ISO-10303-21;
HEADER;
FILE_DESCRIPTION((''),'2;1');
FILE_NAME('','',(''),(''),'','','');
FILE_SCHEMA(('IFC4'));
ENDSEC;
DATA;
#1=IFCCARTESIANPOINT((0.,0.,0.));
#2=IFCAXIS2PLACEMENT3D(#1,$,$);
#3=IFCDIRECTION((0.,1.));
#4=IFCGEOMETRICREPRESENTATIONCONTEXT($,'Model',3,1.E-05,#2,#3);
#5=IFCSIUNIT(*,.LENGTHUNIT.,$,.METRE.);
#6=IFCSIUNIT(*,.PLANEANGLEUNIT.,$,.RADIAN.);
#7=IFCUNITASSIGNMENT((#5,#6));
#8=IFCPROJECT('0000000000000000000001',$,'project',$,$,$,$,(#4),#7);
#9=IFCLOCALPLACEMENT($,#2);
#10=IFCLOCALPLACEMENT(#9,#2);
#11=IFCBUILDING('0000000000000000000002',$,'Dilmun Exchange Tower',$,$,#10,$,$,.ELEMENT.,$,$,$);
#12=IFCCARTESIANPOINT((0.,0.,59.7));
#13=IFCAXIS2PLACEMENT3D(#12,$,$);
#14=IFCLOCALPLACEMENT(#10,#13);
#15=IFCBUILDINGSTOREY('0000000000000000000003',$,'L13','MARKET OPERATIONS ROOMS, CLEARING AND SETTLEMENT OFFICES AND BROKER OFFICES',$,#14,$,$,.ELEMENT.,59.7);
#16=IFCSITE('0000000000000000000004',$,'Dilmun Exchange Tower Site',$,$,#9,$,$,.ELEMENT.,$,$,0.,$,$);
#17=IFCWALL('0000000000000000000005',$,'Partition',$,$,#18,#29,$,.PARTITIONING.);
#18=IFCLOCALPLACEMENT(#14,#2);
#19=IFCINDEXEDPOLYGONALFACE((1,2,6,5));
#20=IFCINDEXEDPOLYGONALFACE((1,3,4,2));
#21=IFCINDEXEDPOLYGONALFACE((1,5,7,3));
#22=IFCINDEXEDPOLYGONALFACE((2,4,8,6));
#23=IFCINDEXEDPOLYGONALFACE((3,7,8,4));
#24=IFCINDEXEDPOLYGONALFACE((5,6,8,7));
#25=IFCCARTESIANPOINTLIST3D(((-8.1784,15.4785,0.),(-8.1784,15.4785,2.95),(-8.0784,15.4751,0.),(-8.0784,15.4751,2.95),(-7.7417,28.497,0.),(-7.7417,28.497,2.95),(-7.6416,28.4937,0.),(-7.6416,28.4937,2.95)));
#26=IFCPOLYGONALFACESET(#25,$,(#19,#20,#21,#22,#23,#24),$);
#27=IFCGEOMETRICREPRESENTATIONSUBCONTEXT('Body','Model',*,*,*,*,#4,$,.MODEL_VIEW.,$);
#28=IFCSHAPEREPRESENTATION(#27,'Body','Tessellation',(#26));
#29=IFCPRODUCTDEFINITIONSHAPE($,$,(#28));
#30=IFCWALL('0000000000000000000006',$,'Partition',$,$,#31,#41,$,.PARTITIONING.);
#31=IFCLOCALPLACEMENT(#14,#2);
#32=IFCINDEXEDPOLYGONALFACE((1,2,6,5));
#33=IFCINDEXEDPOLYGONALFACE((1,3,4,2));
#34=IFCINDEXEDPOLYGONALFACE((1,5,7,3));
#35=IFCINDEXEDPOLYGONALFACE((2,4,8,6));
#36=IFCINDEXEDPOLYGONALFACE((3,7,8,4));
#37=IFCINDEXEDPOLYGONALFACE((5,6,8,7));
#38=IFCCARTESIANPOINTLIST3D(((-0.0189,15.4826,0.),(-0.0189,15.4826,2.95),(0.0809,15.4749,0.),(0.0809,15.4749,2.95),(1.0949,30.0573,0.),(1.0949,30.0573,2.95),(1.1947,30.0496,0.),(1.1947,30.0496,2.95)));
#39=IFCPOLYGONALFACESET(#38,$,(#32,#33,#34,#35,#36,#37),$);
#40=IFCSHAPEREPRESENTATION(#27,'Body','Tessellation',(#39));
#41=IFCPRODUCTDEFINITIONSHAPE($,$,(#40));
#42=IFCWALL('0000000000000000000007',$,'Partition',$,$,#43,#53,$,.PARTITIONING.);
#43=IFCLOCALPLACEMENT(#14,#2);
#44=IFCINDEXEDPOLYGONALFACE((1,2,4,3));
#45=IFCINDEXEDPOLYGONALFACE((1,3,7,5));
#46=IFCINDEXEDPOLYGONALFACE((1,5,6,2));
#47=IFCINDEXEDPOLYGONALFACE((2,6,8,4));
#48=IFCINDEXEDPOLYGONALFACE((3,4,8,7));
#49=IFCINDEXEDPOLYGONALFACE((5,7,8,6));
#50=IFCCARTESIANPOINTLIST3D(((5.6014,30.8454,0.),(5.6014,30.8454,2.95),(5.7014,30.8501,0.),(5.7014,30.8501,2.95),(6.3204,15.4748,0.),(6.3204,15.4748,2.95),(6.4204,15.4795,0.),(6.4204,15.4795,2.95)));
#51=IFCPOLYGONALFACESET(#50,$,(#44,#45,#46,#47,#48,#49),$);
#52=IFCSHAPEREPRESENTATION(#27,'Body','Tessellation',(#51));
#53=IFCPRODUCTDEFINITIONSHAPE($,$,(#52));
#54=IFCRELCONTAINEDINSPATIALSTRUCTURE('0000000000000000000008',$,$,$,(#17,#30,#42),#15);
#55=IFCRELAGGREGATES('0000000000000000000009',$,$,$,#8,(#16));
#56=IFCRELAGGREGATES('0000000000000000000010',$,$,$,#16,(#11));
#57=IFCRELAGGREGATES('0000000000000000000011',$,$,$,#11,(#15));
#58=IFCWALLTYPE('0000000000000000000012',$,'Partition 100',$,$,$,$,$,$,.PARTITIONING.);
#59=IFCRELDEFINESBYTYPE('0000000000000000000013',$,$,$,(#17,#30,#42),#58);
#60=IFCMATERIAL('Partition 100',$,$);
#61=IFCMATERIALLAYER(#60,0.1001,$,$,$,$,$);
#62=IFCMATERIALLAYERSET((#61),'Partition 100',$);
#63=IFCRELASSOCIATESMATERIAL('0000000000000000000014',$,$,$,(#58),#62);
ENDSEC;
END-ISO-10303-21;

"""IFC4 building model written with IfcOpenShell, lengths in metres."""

from ifc_helpers import new_model, si_unit, direction, frame, frame_2d, origin, place, context, subcontext, project, spatial, rectangle, extrude, material, layer, layer_set, type_object, element, save


model = new_model("IFC4")

# Units and contexts
model_context = context("Model", 3, precision=1e-05, world=origin(), true_north=direction((0.0, 1.0)))
body_context = subcontext(model_context, "Body", "Model", "MODEL_VIEW")
ifc_project = project(units=[si_unit("LENGTHUNIT", "METRE"), si_unit("PLANEANGLEUNIT", "RADIAN")], contexts=[model_context])

# Site, building, storey
site_placement = place(None, origin())
site = spatial("IfcSite", under=ifc_project, at=site_placement, Name="Dilmun Exchange Tower Site", CompositionType="ELEMENT", RefElevation=0.0)
building_placement = place(site_placement, origin())
building = spatial("IfcBuilding", under=site, at=building_placement, Name="Dilmun Exchange Tower", CompositionType="ELEMENT")
storey_placement = place(building_placement, frame((0.0, 0.0, 59.7)))
storey = spatial("IfcBuildingStorey", under=building, at=storey_placement, Name="L13", Description="MARKET OPERATIONS ROOMS, CLEARING AND SETTLEMENT OFFICES AND BROKER OFFICES", CompositionType="ELEMENT", Elevation=59.7)

# Walls
ifc_material_1 = material(Name="Partition 100")
ifc_layer_1 = layer(ifc_material_1, 0.1001)
ifc_layer_set_1 = layer_set([ifc_layer_1], Name="Partition 100")
wall_type_1 = type_object("IfcWallType", Name="Partition 100", PredefinedType="PARTITIONING", material=ifc_layer_set_1)
wall_1_placement = place(storey_placement, frame((-8.1284, 15.4768, 0.0), z_axis=(0.0, 0.0, 1.0), x_axis=(0.033531, 0.999438, 0.0)))
element("IfcWall", 1, at=wall_1_placement, inside=storey, type_object=wall_type_1, Name="Partition", PredefinedType="PARTITIONING", context=body_context, shape_type="SweptSolid", body=[
    extrude(rectangle(XDim=13.0259, YDim=0.1001, at=frame_2d((6.5129, 0.0))), origin(), (0.0, 0.0, 1.0), 2.95),
])
wall_2_placement = place(storey_placement, frame((0.031, 15.4788, 0.0), z_axis=(0.0, 0.0, 1.0), x_axis=(0.076196, 0.997093, 0.0)))
element("IfcWall", 2, at=wall_2_placement, inside=storey, type_object=wall_type_1, Name="Partition", PredefinedType="PARTITIONING", context=body_context, shape_type="SweptSolid", body=[
    extrude(rectangle(XDim=14.6172, YDim=0.1001, at=frame_2d((7.3086, 0.0))), origin(), (0.0, 0.0, 1.0), 2.95),
])
wall_3_placement = place(storey_placement, frame((5.6514, 30.8479, 0.0), z_axis=(0.0, 0.0, 1.0), x_axis=(0.046726, -0.998908, 0.0)))
element("IfcWall", 3, at=wall_3_placement, inside=storey, type_object=wall_type_1, Name="Partition", PredefinedType="PARTITIONING", context=body_context, shape_type="SweptSolid", body=[
    extrude(rectangle(XDim=15.3875, YDim=0.1001, at=frame_2d((7.6938, 0.0))), origin(), (0.0, 0.0, 1.0), 2.95),
])

save(model, "model.ifc")
